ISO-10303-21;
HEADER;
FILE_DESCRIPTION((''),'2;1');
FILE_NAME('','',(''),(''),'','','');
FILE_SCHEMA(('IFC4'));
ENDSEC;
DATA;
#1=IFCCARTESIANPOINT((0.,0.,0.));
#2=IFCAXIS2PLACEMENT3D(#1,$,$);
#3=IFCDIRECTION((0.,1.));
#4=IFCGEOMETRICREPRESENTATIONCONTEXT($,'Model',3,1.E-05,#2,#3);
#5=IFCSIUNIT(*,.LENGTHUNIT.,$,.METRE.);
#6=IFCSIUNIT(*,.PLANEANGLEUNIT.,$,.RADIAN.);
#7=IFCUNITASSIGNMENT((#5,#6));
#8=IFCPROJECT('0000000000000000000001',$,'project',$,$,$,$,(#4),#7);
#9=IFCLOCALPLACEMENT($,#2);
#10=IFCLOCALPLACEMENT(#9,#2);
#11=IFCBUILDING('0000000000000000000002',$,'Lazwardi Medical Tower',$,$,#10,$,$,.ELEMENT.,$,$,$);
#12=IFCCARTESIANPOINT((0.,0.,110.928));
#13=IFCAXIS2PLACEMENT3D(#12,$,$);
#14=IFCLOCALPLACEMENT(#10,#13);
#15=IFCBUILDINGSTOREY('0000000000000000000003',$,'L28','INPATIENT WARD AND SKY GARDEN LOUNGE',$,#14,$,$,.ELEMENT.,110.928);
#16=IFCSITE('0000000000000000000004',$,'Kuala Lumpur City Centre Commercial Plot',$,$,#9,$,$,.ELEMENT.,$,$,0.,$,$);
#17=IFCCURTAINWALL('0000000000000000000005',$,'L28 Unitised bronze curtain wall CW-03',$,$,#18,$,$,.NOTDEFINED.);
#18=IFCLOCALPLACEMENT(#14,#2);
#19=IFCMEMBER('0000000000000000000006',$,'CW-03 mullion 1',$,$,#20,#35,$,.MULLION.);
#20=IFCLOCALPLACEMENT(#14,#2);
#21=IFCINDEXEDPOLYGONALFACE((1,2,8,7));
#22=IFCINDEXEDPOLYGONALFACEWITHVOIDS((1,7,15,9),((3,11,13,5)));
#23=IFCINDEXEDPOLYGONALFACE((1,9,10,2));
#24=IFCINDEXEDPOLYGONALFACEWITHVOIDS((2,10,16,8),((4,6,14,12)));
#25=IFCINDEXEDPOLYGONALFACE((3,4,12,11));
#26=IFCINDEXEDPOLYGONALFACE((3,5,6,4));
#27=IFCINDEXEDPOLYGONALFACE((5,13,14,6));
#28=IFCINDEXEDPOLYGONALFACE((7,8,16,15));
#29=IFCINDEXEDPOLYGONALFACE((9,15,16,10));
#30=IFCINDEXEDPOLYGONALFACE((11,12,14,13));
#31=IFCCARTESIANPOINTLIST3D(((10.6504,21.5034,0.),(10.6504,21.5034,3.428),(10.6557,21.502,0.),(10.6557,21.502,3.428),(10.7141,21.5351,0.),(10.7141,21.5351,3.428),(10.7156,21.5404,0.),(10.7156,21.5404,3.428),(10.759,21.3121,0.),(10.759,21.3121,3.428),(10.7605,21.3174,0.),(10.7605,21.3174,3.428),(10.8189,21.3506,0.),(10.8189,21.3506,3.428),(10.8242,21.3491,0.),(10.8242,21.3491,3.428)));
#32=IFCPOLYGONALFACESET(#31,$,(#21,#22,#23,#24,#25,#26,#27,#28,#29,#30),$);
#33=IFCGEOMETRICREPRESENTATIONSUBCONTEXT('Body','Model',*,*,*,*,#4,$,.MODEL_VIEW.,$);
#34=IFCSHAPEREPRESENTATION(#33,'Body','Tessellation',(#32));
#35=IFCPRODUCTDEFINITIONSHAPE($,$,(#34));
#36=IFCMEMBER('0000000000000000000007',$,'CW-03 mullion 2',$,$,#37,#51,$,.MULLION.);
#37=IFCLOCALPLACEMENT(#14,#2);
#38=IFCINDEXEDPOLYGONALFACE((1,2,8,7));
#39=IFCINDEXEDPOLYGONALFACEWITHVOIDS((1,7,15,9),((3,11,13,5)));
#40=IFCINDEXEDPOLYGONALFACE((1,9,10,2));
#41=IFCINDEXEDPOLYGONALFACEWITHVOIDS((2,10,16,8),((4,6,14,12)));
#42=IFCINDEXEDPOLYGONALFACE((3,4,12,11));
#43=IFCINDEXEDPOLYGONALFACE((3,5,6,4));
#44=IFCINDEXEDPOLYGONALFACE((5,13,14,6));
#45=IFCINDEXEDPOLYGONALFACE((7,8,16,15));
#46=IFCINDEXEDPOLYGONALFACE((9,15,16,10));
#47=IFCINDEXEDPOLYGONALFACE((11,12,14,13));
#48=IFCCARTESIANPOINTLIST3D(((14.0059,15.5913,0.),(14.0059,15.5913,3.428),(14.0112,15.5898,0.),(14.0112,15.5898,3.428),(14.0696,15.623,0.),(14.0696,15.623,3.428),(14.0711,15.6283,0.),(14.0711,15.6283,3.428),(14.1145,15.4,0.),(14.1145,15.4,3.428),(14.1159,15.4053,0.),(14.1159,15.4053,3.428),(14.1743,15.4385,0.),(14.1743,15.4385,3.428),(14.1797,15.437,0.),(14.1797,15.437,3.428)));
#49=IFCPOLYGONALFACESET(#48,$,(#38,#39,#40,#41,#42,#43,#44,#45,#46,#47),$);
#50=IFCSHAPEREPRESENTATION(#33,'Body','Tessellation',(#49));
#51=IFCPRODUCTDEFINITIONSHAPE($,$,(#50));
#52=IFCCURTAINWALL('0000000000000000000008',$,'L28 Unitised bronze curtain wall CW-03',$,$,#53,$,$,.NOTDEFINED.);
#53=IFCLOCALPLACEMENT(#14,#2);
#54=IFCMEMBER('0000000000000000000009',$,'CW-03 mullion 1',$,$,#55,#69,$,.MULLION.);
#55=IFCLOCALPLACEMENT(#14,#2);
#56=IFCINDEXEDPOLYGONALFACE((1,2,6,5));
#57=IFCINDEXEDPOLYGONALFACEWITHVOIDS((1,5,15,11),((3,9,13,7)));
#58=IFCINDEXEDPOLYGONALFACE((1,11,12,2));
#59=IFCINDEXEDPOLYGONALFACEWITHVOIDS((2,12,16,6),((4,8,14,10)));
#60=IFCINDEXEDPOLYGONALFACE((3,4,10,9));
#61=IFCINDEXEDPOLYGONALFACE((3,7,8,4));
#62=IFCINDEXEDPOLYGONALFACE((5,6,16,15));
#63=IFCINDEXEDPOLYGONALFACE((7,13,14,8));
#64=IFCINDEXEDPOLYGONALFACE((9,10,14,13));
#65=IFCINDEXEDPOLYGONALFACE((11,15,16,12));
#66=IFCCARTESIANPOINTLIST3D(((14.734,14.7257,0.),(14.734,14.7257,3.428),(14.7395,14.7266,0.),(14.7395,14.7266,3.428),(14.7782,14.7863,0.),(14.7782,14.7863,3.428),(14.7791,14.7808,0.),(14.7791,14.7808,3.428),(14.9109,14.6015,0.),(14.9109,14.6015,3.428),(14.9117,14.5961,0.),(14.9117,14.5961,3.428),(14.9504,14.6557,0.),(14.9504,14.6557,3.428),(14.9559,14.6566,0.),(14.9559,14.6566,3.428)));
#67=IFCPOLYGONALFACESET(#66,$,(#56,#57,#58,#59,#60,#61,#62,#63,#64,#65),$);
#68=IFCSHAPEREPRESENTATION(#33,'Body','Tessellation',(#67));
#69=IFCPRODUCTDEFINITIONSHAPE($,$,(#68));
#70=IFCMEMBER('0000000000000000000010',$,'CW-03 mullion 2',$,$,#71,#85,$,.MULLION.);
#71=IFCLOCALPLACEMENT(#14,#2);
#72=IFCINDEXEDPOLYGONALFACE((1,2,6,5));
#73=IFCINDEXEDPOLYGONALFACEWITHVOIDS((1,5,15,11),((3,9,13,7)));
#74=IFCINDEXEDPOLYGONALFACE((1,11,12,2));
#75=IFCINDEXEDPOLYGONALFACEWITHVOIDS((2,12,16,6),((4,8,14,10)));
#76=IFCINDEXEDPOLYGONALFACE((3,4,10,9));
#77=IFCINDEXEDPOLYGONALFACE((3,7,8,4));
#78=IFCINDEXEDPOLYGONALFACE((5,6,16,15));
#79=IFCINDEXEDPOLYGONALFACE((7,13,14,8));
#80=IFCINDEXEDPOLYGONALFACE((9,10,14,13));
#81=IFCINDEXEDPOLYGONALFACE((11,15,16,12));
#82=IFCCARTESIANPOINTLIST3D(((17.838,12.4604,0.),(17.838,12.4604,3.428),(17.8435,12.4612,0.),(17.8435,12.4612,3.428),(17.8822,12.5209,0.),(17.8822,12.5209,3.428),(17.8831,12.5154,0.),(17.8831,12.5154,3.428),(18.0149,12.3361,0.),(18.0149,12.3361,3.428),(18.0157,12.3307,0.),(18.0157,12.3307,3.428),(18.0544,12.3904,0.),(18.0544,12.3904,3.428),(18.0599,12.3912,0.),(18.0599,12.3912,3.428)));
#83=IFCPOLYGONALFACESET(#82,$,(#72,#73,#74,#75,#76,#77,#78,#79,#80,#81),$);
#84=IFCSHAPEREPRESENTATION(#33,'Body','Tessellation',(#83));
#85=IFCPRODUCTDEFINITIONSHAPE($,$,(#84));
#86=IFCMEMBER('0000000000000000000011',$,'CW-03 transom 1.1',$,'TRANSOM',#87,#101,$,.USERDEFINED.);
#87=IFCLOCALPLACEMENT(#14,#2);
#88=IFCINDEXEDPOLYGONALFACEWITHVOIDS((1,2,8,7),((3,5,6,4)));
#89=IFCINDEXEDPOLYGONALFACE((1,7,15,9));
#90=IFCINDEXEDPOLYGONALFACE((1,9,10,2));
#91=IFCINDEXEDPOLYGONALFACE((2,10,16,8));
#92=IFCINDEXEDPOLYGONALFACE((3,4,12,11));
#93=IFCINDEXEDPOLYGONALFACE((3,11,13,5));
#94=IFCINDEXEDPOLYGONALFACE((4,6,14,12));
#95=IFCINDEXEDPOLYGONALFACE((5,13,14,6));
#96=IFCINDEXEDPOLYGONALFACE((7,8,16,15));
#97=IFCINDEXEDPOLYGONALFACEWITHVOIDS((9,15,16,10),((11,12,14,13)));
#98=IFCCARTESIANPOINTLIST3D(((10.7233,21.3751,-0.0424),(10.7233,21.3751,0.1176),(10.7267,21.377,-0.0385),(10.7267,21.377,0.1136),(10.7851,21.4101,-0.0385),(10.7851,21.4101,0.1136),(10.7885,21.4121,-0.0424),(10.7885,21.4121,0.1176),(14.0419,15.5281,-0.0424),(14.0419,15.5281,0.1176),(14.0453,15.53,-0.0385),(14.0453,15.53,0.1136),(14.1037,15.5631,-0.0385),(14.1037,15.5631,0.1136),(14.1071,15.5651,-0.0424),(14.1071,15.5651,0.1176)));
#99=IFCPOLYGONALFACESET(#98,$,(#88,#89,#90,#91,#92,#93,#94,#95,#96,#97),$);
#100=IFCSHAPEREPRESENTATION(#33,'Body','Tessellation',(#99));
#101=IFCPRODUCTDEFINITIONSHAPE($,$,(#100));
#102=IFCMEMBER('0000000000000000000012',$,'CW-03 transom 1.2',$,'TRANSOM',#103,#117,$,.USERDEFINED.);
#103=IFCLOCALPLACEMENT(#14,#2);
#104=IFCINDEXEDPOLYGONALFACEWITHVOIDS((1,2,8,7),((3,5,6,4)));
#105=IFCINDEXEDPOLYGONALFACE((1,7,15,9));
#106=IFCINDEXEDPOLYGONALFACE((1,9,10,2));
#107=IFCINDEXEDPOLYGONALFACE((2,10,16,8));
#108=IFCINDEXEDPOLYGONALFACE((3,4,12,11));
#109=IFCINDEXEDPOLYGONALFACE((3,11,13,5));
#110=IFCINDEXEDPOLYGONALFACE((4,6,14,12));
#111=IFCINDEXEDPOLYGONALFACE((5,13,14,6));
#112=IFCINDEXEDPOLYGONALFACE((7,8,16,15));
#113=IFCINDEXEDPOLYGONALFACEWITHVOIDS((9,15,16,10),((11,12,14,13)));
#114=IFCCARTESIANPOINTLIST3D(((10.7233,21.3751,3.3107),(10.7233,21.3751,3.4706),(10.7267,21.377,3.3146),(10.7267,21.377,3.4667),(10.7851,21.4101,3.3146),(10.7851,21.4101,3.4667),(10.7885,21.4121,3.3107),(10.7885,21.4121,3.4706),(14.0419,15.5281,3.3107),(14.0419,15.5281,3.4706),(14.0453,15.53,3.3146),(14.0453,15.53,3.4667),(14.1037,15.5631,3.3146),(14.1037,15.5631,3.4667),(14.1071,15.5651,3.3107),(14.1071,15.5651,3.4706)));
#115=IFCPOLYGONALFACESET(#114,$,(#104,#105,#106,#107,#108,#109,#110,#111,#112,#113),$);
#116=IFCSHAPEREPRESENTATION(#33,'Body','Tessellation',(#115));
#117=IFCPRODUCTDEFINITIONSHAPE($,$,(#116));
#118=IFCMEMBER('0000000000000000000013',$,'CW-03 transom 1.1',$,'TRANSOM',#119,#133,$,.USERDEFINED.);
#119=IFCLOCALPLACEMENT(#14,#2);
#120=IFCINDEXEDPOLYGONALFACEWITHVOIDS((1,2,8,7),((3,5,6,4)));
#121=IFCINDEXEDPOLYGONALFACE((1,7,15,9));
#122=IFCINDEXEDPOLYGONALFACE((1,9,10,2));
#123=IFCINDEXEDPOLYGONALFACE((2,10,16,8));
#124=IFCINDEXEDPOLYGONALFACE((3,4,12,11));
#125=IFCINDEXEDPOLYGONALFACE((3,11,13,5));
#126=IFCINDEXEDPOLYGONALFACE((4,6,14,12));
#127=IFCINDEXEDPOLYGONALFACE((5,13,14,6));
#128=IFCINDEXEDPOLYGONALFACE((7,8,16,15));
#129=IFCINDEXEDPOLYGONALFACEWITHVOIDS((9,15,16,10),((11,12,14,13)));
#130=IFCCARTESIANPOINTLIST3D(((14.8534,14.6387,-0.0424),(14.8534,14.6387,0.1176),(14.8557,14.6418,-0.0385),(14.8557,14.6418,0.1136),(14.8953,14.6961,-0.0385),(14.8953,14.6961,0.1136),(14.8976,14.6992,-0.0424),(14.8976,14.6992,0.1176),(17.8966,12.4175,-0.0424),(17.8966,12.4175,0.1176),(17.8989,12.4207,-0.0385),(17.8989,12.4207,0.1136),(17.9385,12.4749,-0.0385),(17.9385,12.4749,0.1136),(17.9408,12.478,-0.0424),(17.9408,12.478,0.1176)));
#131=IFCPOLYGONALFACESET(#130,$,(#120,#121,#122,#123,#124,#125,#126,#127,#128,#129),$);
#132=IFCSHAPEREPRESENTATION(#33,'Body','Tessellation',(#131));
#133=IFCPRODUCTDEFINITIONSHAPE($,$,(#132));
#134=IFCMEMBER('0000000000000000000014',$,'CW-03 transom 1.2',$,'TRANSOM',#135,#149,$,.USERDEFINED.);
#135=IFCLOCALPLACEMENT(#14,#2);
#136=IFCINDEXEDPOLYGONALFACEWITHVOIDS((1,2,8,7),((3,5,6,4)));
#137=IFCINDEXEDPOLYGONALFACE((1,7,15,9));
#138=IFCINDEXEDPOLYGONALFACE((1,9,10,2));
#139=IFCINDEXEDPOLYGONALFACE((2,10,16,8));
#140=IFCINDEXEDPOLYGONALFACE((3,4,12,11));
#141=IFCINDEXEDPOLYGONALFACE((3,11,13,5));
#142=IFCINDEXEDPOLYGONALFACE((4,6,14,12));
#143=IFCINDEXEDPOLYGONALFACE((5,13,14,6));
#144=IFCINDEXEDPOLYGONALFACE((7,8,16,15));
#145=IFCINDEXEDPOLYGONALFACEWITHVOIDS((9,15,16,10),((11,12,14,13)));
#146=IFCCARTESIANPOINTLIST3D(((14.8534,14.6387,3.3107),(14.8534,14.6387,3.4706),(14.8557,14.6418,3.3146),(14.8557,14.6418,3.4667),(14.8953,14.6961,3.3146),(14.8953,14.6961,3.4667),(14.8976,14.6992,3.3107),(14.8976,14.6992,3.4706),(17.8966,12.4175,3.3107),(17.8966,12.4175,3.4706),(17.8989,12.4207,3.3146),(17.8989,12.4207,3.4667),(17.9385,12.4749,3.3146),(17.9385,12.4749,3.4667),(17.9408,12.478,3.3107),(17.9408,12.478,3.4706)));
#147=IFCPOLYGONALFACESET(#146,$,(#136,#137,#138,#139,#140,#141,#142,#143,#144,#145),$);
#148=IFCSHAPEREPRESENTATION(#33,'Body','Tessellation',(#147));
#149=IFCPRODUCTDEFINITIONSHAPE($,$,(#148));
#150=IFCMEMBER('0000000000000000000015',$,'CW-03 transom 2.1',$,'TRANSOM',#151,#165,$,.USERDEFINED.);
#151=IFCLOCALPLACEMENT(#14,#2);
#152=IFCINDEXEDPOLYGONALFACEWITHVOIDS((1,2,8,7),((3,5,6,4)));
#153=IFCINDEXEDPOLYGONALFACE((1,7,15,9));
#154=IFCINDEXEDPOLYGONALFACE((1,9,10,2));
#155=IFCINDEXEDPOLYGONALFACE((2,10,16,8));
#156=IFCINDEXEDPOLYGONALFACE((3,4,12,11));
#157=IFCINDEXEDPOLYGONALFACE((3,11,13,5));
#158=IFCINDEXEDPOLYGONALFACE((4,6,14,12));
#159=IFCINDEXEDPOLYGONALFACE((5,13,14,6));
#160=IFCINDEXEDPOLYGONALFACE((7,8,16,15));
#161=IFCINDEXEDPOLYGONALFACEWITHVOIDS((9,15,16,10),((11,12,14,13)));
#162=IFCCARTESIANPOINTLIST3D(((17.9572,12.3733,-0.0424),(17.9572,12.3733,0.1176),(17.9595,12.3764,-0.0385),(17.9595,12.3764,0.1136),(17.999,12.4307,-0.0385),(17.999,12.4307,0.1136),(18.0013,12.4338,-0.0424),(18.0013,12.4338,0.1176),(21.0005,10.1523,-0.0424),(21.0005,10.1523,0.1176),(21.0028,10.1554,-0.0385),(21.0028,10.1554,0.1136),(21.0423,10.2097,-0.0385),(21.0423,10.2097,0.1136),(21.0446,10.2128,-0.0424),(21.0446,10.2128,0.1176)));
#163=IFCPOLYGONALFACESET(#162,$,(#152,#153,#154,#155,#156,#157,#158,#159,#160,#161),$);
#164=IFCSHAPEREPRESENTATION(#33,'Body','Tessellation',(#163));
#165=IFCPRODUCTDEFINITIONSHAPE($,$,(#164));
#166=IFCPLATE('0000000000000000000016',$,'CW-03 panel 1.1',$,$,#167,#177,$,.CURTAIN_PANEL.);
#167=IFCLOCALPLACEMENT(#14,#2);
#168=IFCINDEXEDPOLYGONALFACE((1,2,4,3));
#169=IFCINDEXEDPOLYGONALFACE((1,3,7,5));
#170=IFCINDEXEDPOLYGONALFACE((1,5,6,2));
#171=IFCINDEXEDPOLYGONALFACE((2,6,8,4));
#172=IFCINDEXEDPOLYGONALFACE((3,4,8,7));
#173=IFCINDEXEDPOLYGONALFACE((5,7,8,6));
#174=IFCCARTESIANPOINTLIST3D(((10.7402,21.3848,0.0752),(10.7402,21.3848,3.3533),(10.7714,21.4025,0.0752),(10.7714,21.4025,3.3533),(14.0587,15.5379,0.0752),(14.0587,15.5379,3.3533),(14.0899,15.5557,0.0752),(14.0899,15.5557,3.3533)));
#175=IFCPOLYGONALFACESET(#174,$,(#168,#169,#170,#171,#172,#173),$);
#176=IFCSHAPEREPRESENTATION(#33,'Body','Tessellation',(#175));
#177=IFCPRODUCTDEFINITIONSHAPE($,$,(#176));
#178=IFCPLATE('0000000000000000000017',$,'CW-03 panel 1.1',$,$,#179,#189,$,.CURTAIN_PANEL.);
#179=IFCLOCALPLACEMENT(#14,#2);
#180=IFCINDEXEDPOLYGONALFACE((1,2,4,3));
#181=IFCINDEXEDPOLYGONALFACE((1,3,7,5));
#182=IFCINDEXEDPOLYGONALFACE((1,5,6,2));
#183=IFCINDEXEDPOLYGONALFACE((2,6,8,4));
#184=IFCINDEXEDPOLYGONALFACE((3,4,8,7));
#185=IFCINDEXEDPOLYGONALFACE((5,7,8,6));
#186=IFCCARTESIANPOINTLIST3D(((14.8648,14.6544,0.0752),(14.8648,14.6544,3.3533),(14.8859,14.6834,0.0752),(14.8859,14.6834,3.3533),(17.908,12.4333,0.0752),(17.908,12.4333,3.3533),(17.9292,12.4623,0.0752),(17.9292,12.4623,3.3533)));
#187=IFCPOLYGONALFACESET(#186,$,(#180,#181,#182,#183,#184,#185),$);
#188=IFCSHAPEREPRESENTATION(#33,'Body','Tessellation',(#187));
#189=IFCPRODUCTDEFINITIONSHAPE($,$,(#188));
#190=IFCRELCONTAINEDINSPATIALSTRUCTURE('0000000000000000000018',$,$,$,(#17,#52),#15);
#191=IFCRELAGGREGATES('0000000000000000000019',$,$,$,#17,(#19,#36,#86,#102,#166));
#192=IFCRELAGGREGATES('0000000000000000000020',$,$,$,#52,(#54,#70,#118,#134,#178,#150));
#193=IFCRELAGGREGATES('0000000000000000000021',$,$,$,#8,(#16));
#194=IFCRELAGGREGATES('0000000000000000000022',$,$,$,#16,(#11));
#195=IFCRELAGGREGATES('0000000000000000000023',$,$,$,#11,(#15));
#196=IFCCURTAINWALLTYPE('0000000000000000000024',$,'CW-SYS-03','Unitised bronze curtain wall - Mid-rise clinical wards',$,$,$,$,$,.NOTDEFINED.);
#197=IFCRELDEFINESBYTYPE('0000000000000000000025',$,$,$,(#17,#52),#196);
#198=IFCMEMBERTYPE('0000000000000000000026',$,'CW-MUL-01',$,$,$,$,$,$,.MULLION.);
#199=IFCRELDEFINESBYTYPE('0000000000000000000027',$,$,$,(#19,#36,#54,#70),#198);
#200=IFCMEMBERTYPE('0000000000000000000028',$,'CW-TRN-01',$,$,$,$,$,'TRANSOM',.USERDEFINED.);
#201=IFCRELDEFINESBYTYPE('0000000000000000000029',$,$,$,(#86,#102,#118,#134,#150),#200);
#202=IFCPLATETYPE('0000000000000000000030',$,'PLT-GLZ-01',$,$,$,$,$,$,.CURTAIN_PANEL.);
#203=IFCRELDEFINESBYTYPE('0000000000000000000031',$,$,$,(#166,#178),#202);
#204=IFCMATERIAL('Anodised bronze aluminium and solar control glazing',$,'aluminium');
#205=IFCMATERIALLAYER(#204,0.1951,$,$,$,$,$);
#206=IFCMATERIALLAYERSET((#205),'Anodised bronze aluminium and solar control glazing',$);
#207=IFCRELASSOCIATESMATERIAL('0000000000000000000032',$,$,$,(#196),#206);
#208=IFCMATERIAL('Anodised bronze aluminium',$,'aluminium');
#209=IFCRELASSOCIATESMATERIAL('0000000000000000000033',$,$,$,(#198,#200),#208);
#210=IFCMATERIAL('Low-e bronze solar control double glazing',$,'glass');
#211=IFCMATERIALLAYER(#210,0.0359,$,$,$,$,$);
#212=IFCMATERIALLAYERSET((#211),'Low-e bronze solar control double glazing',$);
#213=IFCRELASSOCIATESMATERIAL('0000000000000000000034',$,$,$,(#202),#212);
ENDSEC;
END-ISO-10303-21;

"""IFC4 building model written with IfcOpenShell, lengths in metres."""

from ifc_helpers import new_model, si_unit, direction, frame, origin, origin_2d, place, context, subcontext, project, spatial, rectangle, hollow_rectangle, extrude, material, layer, layer_set, material_profile, profile_set, type_object, element, aggregate, save


model = new_model("IFC4")

# Units and contexts
model_context = context("Model", 3, precision=1e-05, world=origin(), true_north=direction((0.0, 1.0)))
body_context = subcontext(model_context, "Body", "Model", "MODEL_VIEW")
ifc_project = project(units=[si_unit("LENGTHUNIT", "METRE"), si_unit("PLANEANGLEUNIT", "RADIAN")], contexts=[model_context])

# Site, building, storey
site_placement = place(None, origin())
site = spatial("IfcSite", under=ifc_project, at=site_placement, Name="Kuala Lumpur City Centre Commercial Plot", CompositionType="ELEMENT", RefElevation=0.0)
building_placement = place(site_placement, origin())
building = spatial("IfcBuilding", under=site, at=building_placement, Name="Lazwardi Medical Tower", CompositionType="ELEMENT")
storey_placement = place(building_placement, frame((0.0, 0.0, 110.928)))
storey = spatial("IfcBuildingStorey", under=building, at=storey_placement, Name="L28", Description="INPATIENT WARD AND SKY GARDEN LOUNGE", CompositionType="ELEMENT", Elevation=110.928)

# Curtain walls, members
ifc_material_1 = material(Name="Anodised bronze aluminium and solar control glazing", Category="aluminium")
ifc_layer_1 = layer(ifc_material_1, 0.1951)
ifc_layer_set_1 = layer_set([ifc_layer_1], Name="Anodised bronze aluminium and solar control glazing")
curtain_wall_type = type_object("IfcCurtainWallType", Name="CW-SYS-03", Description="Unitised bronze curtain wall - Mid-rise clinical wards", PredefinedType="NOTDEFINED", material=ifc_layer_set_1)
curtain_wall_1_placement = place(storey_placement, origin())
curtain_wall_1 = element("IfcCurtainWall", 1, at=curtain_wall_1_placement, inside=storey, type_object=curtain_wall_type, Name="L28 Unitised bronze curtain wall CW-03", PredefinedType="NOTDEFINED")
ifc_material_2 = material(Name="Anodised bronze aluminium", Category="aluminium")
ifc_material_profile_1 = material_profile(ifc_material_2, hollow_rectangle(XDim=0.075, YDim=0.22, WallThickness=0.0039, at=origin_2d()), Name="ALU-MULLION 220x75x4")
ifc_profile_set_1 = profile_set([ifc_material_profile_1], Name="Anodised bronze aluminium")
member_type_1 = type_object("IfcMemberType", Name="CW-MUL-01", PredefinedType="MULLION", material=ifc_profile_set_1)
member_1_placement = place(storey_placement, frame((10.7373, 21.4263, 0.0), z_axis=(0.0, 0.0, 1.0), x_axis=(0.869687, 0.493603, 0.0)))
member_1 = element("IfcMember", 2, at=member_1_placement, type_object=member_type_1, Name="CW-03 mullion 1", PredefinedType="MULLION", context=body_context, shape_type="SweptSolid", body=[
    extrude(hollow_rectangle(XDim=0.075, YDim=0.22, WallThickness=0.0039, at=origin_2d()), origin(), (0.0, 0.0, 1.0), 3.428),
])
member_2_placement = place(storey_placement, frame((14.0928, 15.5142, 0.0), z_axis=(0.0, 0.0, 1.0), x_axis=(0.869687, 0.493603, 0.0)))
member_2 = element("IfcMember", 3, at=member_2_placement, type_object=member_type_1, Name="CW-03 mullion 2", PredefinedType="MULLION", context=body_context, shape_type="SweptSolid", body=[
    extrude(hollow_rectangle(XDim=0.075, YDim=0.22, WallThickness=0.0039, at=origin_2d()), origin(), (0.0, 0.0, 1.0), 3.428),
])
curtain_wall_2_placement = place(storey_placement, origin())
curtain_wall_2 = element("IfcCurtainWall", 4, at=curtain_wall_2_placement, inside=storey, type_object=curtain_wall_type, Name="L28 Unitised bronze curtain wall CW-03", PredefinedType="NOTDEFINED")
member_3_placement = place(storey_placement, frame((14.845, 14.6912, 0.0), z_axis=(0.0, 0.0, 1.0), x_axis=(0.589531, 0.807746, 0.0)))
member_3 = element("IfcMember", 5, at=member_3_placement, type_object=member_type_1, Name="CW-03 mullion 1", PredefinedType="MULLION", context=body_context, shape_type="SweptSolid", body=[
    extrude(hollow_rectangle(XDim=0.075, YDim=0.22, WallThickness=0.0039, at=origin_2d()), origin(), (0.0, 0.0, 1.0), 3.428),
])
member_4_placement = place(storey_placement, frame((17.949, 12.4258, 0.0), z_axis=(0.0, 0.0, 1.0), x_axis=(0.589531, 0.807746, 0.0)))
member_4 = element("IfcMember", 6, at=member_4_placement, type_object=member_type_1, Name="CW-03 mullion 2", PredefinedType="MULLION", context=body_context, shape_type="SweptSolid", body=[
    extrude(hollow_rectangle(XDim=0.075, YDim=0.22, WallThickness=0.0039, at=origin_2d()), origin(), (0.0, 0.0, 1.0), 3.428),
])

# Members
ifc_material_profile_2 = material_profile(ifc_material_2, hollow_rectangle(XDim=0.075, YDim=0.1599, WallThickness=0.0039, at=origin_2d()), Name="ALU-TRANSOM 160x75x4")
ifc_profile_set_2 = profile_set([ifc_material_profile_2], Name="Anodised bronze aluminium")
member_type_2 = type_object("IfcMemberType", Name="CW-TRN-01", ElementType="TRANSOM", PredefinedType="USERDEFINED", material=ifc_profile_set_2)
member_5_placement = place(storey_placement, frame((10.7559, 21.3936, 0.0376), z_axis=(0.493614, -0.869681, 0.0), x_axis=(0.869681, 0.493614, 0.0)))
member_5 = element("IfcMember", 7, at=member_5_placement, type_object=member_type_2, Name="CW-03 transom 1.1", ObjectType="TRANSOM", PredefinedType="USERDEFINED", context=body_context, shape_type="SweptSolid", body=[
    extrude(hollow_rectangle(XDim=0.075, YDim=0.1599, WallThickness=0.0039, at=origin_2d()), origin(), (0.0, 0.0, 1.0), 6.7231),
])
member_6_placement = place(storey_placement, frame((10.7559, 21.3936, 3.3906), z_axis=(0.493614, -0.869681, 0.0), x_axis=(0.869681, 0.493614, 0.0)))
member_6 = element("IfcMember", 8, at=member_6_placement, type_object=member_type_2, Name="CW-03 transom 1.2", ObjectType="TRANSOM", PredefinedType="USERDEFINED", context=body_context, shape_type="SweptSolid", body=[
    extrude(hollow_rectangle(XDim=0.075, YDim=0.1599, WallThickness=0.0039, at=origin_2d()), origin(), (0.0, 0.0, 1.0), 6.7231),
])
member_7_placement = place(storey_placement, frame((14.8755, 14.6689, 0.0376), z_axis=(0.807732, -0.58955, 0.0), x_axis=(0.58955, 0.807732, 0.0)))
member_7 = element("IfcMember", 9, at=member_7_placement, type_object=member_type_2, Name="CW-03 transom 1.1", ObjectType="TRANSOM", PredefinedType="USERDEFINED", context=body_context, shape_type="SweptSolid", body=[
    extrude(hollow_rectangle(XDim=0.075, YDim=0.1599, WallThickness=0.0039, at=origin_2d()), origin(), (0.0, 0.0, 1.0), 3.7676),
])
member_8_placement = place(storey_placement, frame((14.8755, 14.6689, 3.3906), z_axis=(0.807732, -0.58955, 0.0), x_axis=(0.58955, 0.807732, 0.0)))
member_8 = element("IfcMember", 10, at=member_8_placement, type_object=member_type_2, Name="CW-03 transom 1.2", ObjectType="TRANSOM", PredefinedType="USERDEFINED", context=body_context, shape_type="SweptSolid", body=[
    extrude(hollow_rectangle(XDim=0.075, YDim=0.1599, WallThickness=0.0039, at=origin_2d()), origin(), (0.0, 0.0, 1.0), 3.7676),
])
member_9_placement = place(storey_placement, frame((17.9792, 12.4036, 0.0376), z_axis=(0.807763, -0.589508, 0.0), x_axis=(0.589508, 0.807763, 0.0)))
member_9 = element("IfcMember", 11, at=member_9_placement, type_object=member_type_2, Name="CW-03 transom 2.1", ObjectType="TRANSOM", PredefinedType="USERDEFINED", context=body_context, shape_type="SweptSolid", body=[
    extrude(hollow_rectangle(XDim=0.075, YDim=0.1599, WallThickness=0.0039, at=origin_2d()), origin(), (0.0, 0.0, 1.0), 3.7676),
])

# Plates
ifc_material_3 = material(Name="Low-e bronze solar control double glazing", Category="glass")
ifc_layer_2 = layer(ifc_material_3, 0.0359)
ifc_layer_set_2 = layer_set([ifc_layer_2], Name="Low-e bronze solar control double glazing")
plate_type = type_object("IfcPlateType", Name="PLT-GLZ-01", PredefinedType="CURTAIN_PANEL", material=ifc_layer_set_2)
plate_1_placement = place(storey_placement, frame((12.415, 18.4702, 0.0752), z_axis=(0.0, 0.0, 1.0), x_axis=(0.493603, -0.869687, 0.0)))
plate_1 = element("IfcPlate", 12, at=plate_1_placement, type_object=plate_type, Name="CW-03 panel 1.1", PredefinedType="CURTAIN_PANEL", context=body_context, shape_type="SweptSolid", body=[
    extrude(rectangle(XDim=6.7229, YDim=0.0359, at=origin_2d()), origin(), (0.0, 0.0, 1.0), 3.2781),
])
aggregate(curtain_wall_1, [member_1, member_2, member_5, member_6, plate_1])
plate_2_placement = place(storey_placement, frame((16.397, 13.5583, 0.0752), z_axis=(0.0, 0.0, 1.0), x_axis=(0.807746, -0.589531, 0.0)))
plate_2 = element("IfcPlate", 13, at=plate_2_placement, type_object=plate_type, Name="CW-03 panel 1.1", PredefinedType="CURTAIN_PANEL", context=body_context, shape_type="SweptSolid", body=[
    extrude(rectangle(XDim=3.7676, YDim=0.0359, at=origin_2d()), origin(), (0.0, 0.0, 1.0), 3.2781),
])
aggregate(curtain_wall_2, [member_3, member_4, member_7, member_8, plate_2, member_9])

save(model, "model.ifc")
